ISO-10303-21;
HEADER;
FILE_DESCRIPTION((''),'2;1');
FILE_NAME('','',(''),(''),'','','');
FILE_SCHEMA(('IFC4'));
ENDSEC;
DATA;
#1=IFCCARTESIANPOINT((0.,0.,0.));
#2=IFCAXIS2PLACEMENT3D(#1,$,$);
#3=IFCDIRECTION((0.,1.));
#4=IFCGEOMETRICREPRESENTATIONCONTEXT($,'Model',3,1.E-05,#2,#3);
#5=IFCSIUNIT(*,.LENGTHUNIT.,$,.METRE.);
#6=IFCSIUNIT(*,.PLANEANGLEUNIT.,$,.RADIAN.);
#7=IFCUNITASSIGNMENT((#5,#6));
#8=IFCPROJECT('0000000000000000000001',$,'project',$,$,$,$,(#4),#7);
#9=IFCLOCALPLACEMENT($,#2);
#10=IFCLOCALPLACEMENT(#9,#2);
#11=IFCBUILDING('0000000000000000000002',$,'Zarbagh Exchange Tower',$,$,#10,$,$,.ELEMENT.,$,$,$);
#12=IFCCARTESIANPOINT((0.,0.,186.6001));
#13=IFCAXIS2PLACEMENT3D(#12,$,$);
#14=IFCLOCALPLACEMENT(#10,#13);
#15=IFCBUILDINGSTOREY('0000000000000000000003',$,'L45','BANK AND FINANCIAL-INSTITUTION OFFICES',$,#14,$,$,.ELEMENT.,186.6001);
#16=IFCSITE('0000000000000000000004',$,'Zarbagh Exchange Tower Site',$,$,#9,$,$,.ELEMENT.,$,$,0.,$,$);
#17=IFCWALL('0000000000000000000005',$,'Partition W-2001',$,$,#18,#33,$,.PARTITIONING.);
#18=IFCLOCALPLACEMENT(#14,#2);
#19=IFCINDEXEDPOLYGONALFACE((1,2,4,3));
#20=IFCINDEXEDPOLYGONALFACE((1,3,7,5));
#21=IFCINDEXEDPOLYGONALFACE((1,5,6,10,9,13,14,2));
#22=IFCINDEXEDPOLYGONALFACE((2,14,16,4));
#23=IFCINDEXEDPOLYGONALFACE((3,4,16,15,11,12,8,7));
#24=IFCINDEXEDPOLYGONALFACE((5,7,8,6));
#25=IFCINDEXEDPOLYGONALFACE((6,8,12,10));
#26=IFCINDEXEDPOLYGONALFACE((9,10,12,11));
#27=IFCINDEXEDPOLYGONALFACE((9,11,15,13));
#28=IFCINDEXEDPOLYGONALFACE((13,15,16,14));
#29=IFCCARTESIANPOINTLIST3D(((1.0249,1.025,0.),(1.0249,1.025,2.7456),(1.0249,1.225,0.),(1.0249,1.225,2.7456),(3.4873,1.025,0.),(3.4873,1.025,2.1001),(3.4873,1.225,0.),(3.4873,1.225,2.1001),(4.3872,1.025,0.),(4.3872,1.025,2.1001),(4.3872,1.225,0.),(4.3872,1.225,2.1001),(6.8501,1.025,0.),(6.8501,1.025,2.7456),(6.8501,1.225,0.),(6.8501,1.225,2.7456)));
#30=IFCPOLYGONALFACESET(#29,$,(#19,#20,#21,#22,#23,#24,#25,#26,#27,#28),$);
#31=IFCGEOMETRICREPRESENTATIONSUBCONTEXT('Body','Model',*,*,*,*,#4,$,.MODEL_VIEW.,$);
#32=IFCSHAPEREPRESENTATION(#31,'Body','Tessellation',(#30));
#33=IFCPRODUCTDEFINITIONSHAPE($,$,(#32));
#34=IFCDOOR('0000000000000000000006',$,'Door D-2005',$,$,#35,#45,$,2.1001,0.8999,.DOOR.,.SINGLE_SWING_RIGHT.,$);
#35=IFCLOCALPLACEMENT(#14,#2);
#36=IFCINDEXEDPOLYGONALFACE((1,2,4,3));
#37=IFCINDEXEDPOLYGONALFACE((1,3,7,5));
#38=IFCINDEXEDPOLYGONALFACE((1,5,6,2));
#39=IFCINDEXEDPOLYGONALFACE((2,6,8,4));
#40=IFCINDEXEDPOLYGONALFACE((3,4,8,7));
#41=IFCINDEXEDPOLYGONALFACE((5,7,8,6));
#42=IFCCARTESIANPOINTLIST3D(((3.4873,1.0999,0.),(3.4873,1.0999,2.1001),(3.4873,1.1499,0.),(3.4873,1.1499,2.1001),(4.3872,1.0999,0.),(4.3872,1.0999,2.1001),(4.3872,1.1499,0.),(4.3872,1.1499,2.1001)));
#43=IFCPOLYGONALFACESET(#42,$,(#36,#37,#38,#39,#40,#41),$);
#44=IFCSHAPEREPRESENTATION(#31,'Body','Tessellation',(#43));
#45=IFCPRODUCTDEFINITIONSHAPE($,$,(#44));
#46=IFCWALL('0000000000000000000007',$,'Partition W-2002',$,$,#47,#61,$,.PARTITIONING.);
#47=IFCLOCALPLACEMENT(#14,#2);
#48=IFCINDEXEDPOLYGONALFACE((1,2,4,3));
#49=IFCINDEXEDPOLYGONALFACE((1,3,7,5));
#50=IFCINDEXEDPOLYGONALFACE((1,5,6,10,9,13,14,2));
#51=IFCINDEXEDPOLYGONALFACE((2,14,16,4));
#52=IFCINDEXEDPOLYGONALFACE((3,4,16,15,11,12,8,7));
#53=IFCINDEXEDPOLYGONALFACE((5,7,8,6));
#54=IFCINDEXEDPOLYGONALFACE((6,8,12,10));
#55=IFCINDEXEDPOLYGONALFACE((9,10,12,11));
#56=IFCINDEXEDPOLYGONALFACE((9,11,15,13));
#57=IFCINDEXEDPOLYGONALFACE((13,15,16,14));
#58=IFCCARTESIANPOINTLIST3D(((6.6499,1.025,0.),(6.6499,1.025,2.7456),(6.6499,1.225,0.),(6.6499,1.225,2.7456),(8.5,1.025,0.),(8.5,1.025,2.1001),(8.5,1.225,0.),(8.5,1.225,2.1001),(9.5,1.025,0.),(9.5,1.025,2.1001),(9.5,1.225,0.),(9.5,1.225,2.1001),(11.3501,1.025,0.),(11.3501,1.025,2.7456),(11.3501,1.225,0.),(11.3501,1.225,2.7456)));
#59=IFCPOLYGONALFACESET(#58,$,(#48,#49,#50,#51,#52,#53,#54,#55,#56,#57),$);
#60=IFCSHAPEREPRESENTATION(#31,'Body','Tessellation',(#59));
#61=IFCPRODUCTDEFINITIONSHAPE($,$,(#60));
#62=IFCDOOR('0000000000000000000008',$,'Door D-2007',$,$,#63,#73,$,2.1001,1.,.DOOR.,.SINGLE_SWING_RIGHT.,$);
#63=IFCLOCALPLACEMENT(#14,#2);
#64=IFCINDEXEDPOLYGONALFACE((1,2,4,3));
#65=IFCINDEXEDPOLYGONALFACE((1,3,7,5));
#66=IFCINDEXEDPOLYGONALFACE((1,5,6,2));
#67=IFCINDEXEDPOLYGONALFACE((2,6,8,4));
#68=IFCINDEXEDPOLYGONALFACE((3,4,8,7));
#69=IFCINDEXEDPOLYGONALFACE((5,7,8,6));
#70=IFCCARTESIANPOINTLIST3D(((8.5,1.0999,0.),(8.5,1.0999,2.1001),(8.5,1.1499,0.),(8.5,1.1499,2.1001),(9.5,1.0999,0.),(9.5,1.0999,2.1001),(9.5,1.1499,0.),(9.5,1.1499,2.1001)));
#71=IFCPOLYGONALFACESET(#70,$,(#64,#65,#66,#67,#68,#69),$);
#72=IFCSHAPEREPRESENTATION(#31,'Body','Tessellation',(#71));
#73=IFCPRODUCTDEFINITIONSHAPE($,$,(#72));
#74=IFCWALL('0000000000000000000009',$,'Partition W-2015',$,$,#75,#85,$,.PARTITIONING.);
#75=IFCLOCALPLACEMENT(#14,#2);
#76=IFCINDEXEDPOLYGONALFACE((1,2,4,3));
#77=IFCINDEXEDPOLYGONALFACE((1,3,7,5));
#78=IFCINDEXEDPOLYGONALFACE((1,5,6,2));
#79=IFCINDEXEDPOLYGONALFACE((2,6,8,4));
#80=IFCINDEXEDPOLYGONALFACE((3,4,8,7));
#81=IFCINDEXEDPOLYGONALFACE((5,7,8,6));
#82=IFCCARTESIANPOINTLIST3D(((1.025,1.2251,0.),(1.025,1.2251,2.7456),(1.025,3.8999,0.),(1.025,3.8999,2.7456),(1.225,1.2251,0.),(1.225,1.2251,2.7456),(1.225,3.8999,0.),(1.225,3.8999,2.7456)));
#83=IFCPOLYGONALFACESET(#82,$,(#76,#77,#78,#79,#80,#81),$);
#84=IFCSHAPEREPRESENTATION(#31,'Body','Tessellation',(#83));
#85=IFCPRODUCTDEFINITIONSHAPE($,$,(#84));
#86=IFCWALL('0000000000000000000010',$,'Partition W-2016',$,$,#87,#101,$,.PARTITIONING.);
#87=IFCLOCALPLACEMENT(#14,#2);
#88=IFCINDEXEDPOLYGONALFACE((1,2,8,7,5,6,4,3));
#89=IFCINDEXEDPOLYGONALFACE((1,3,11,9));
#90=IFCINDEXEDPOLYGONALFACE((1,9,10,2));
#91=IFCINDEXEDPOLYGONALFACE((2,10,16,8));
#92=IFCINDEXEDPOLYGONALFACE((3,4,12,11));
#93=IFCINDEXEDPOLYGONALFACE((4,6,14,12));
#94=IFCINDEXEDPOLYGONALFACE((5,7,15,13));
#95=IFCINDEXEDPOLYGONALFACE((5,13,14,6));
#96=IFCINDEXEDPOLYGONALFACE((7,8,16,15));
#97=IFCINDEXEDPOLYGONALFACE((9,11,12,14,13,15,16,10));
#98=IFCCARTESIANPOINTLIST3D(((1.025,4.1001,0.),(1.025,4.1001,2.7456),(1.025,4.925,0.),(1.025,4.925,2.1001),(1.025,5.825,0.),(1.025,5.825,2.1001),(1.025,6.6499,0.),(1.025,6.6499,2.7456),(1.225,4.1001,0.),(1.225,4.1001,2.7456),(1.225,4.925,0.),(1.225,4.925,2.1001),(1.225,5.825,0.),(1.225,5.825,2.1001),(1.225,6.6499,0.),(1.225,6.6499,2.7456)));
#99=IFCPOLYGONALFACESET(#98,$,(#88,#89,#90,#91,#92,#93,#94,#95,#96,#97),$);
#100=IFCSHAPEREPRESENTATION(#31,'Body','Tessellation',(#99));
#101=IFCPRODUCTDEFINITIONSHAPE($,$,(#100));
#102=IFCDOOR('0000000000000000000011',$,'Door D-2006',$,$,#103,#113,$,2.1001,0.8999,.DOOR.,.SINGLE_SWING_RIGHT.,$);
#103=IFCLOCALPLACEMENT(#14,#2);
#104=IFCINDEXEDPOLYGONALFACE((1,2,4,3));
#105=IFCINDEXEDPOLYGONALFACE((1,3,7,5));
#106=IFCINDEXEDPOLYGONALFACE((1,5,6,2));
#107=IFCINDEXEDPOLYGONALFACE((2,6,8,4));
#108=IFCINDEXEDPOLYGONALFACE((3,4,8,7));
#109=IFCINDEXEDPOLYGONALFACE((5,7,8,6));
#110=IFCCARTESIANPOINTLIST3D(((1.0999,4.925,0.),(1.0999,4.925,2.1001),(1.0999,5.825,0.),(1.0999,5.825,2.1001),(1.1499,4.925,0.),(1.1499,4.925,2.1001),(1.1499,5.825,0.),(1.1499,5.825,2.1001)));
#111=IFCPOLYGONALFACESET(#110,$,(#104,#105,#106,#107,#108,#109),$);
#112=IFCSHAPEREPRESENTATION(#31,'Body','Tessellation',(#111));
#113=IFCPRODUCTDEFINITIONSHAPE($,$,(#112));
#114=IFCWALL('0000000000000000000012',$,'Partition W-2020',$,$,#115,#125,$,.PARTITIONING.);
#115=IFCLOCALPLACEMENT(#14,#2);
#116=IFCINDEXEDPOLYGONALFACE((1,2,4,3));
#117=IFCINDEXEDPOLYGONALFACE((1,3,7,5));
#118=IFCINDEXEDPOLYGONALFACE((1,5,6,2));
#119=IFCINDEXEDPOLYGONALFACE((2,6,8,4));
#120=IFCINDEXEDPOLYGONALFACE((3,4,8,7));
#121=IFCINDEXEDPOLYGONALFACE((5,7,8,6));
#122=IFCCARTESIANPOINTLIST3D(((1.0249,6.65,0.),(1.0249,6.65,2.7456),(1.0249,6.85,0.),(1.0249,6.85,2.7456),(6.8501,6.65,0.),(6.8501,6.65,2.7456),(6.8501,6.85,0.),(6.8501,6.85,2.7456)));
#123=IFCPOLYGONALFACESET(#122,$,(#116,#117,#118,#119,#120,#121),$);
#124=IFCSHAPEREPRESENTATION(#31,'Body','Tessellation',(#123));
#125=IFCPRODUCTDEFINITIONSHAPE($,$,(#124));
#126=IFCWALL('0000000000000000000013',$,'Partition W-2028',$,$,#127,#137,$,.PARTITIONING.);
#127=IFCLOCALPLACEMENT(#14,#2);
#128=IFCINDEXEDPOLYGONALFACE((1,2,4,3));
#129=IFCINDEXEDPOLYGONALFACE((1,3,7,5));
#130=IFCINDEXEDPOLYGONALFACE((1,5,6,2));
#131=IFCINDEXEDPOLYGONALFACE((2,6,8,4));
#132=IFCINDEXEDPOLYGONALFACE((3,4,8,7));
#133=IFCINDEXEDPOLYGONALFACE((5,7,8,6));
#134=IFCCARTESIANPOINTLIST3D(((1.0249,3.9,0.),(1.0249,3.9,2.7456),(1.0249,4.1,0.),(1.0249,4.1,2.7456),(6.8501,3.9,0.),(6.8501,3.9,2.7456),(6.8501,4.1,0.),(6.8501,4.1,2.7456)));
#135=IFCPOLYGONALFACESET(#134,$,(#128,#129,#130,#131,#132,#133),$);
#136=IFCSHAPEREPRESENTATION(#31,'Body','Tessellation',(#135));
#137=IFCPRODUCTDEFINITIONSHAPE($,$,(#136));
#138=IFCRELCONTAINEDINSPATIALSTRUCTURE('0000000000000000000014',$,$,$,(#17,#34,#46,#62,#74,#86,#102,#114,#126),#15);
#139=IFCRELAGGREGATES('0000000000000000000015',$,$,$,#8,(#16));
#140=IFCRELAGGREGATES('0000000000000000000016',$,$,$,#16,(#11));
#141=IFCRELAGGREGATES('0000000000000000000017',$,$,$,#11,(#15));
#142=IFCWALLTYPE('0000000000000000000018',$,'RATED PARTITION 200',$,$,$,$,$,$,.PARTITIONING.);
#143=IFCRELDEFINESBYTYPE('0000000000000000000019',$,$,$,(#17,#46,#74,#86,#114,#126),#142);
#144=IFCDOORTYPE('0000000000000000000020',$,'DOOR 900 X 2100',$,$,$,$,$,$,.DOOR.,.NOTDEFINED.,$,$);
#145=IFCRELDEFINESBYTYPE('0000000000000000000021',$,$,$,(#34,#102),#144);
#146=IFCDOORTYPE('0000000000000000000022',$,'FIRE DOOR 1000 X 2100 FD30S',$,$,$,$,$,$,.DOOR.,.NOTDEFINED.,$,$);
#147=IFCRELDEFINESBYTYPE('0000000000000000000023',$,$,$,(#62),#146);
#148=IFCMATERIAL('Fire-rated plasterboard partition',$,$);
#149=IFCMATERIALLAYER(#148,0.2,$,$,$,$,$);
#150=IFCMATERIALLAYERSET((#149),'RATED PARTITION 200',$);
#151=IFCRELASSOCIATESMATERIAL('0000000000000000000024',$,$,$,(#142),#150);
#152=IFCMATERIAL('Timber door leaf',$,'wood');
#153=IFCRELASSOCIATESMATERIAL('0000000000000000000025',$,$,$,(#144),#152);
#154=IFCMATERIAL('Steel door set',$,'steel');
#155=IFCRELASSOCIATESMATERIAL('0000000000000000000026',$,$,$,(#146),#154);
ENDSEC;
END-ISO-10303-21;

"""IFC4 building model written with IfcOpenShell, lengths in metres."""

from ifc_helpers import new_model, si_unit, direction, frame, frame_2d, origin, place, context, subcontext, project, spatial, rectangle, extrude, material, layer, layer_set, type_object, element, fill, save


model = new_model("IFC4")

# Units and contexts
model_context = context("Model", 3, precision=1e-05, world=origin(), true_north=direction((0.0, 1.0)))
body_context = subcontext(model_context, "Body", "Model", "MODEL_VIEW")
ifc_project = project(units=[si_unit("LENGTHUNIT", "METRE"), si_unit("PLANEANGLEUNIT", "RADIAN")], contexts=[model_context])

# Site, building, storey
site_placement = place(None, origin())
site = spatial("IfcSite", under=ifc_project, at=site_placement, Name="Zarbagh Exchange Tower Site", CompositionType="ELEMENT", RefElevation=0.0)
building_placement = place(site_placement, origin())
building = spatial("IfcBuilding", under=site, at=building_placement, Name="Zarbagh Exchange Tower", CompositionType="ELEMENT")
storey_placement = place(building_placement, frame((0.0, 0.0, 186.6001)))
storey = spatial("IfcBuildingStorey", under=building, at=storey_placement, Name="L45", Description="BANK AND FINANCIAL-INSTITUTION OFFICES", CompositionType="ELEMENT", Elevation=186.6001)

# Walls, openings, doors
ifc_material_1 = material(Name="Fire-rated plasterboard partition")
ifc_layer_1 = layer(ifc_material_1, 0.2)
ifc_layer_set_1 = layer_set([ifc_layer_1], Name="RATED PARTITION 200")
wall_type_1 = type_object("IfcWallType", Name="RATED PARTITION 200", PredefinedType="PARTITIONING", material=ifc_layer_set_1)
wall_1_placement = place(storey_placement, frame((1.0249, 1.125, 0.0), z_axis=(0.0, 0.0, 1.0), x_axis=(1.0, 0.0, 0.0)))
wall_1 = element("IfcWall", 1, at=wall_1_placement, inside=storey, type_object=wall_type_1, Name="Partition W-2001", PredefinedType="PARTITIONING", context=body_context, shape_type="SweptSolid", body=[
    extrude(rectangle(XDim=5.8252, YDim=0.2, at=frame_2d((2.9126, 0.0))), origin(), (0.0, 0.0, 1.0), 2.7456),
])
opening_1_placement = place(wall_1_placement, frame((2.4624, 0.0, 0.0)))
opening_1 = element("IfcOpeningElement", 2, at=opening_1_placement, cuts=wall_1, PredefinedType="OPENING", context=body_context, shape_type="SweptSolid", body=[
    extrude(rectangle(XDim=0.8999, YDim=2.1001, at=frame_2d((0.45, 1.05))), frame((0.0, 0.1099, 0.0), z_axis=(0.0, -1.0, 0.0), x_axis=(1.0, 0.0, 0.0)), (0.0, 0.0, 1.0), 0.22),
])
ifc_material_2 = material(Name="Timber door leaf", Category="wood")
door_type_1 = type_object("IfcDoorType", Name="DOOR 900 X 2100", OperationType="NOTDEFINED", PredefinedType="DOOR", material=ifc_material_2)
door_1_placement = place(opening_1_placement, origin())
door_1 = element("IfcDoor", 3, at=door_1_placement, inside=storey, type_object=door_type_1, Name="Door D-2005", OperationType="SINGLE_SWING_RIGHT", OverallHeight=2.1001, OverallWidth=0.8999, PredefinedType="DOOR", context=body_context, shape_type="SweptSolid", body=[
    extrude(rectangle(XDim=0.8999, YDim=2.1001, at=frame_2d((0.45, 1.05))), frame((0.0, 0.0249, 0.0), z_axis=(0.0, -1.0, 0.0), x_axis=(1.0, 0.0, 0.0)), (0.0, 0.0, 1.0), 0.05),
])
fill(opening_1, door_1)
wall_2_placement = place(storey_placement, frame((6.6499, 1.125, 0.0), z_axis=(0.0, 0.0, 1.0), x_axis=(1.0, 0.0, 0.0)))
wall_2 = element("IfcWall", 4, at=wall_2_placement, inside=storey, type_object=wall_type_1, Name="Partition W-2002", PredefinedType="PARTITIONING", context=body_context, shape_type="SweptSolid", body=[
    extrude(rectangle(XDim=4.7002, YDim=0.2, at=frame_2d((2.3501, 0.0))), origin(), (0.0, 0.0, 1.0), 2.7456),
])
opening_2_placement = place(wall_2_placement, frame((1.8501, 0.0, 0.0)))
opening_2 = element("IfcOpeningElement", 5, at=opening_2_placement, cuts=wall_2, PredefinedType="OPENING", context=body_context, shape_type="SweptSolid", body=[
    extrude(rectangle(XDim=1.0, YDim=2.1001, at=frame_2d((0.5, 1.05))), frame((0.0, 0.1099, 0.0), z_axis=(0.0, -1.0, 0.0), x_axis=(1.0, 0.0, 0.0)), (0.0, 0.0, 1.0), 0.22),
])
ifc_material_3 = material(Name="Steel door set", Category="steel")
door_type_2 = type_object("IfcDoorType", Name="FIRE DOOR 1000 X 2100 FD30S", OperationType="NOTDEFINED", PredefinedType="DOOR", material=ifc_material_3)
door_2_placement = place(opening_2_placement, origin())
door_2 = element("IfcDoor", 6, at=door_2_placement, inside=storey, type_object=door_type_2, Name="Door D-2007", OperationType="SINGLE_SWING_RIGHT", OverallHeight=2.1001, OverallWidth=1.0, PredefinedType="DOOR", context=body_context, shape_type="SweptSolid", body=[
    extrude(rectangle(XDim=1.0, YDim=2.1001, at=frame_2d((0.5, 1.05))), frame((0.0, 0.0249, 0.0), z_axis=(0.0, -1.0, 0.0), x_axis=(1.0, 0.0, 0.0)), (0.0, 0.0, 1.0), 0.05),
])
fill(opening_2, door_2)

# Wall
wall_3_placement = place(storey_placement, frame((1.125, 1.2251, 0.0), z_axis=(0.0, 0.0, 1.0), x_axis=(0.0, 1.0, 0.0)))
element("IfcWall", 7, at=wall_3_placement, inside=storey, type_object=wall_type_1, Name="Partition W-2015", PredefinedType="PARTITIONING", context=body_context, shape_type="SweptSolid", body=[
    extrude(rectangle(XDim=2.6748, YDim=0.2, at=frame_2d((1.3374, 0.0))), origin(), (0.0, 0.0, 1.0), 2.7456),
])

# Wall, opening, door
wall_4_placement = place(storey_placement, frame((1.125, 6.6499, 0.0), z_axis=(0.0, 0.0, 1.0), x_axis=(0.0, -1.0, 0.0)))
wall_4 = element("IfcWall", 8, at=wall_4_placement, inside=storey, type_object=wall_type_1, Name="Partition W-2016", PredefinedType="PARTITIONING", context=body_context, shape_type="SweptSolid", body=[
    extrude(rectangle(XDim=2.5498, YDim=0.2, at=frame_2d((1.2749, 0.0))), origin(), (0.0, 0.0, 1.0), 2.7456),
])
opening_3_placement = place(wall_4_placement, frame((0.825, 0.0, 0.0)))
opening_3 = element("IfcOpeningElement", 9, at=opening_3_placement, cuts=wall_4, PredefinedType="OPENING", context=body_context, shape_type="SweptSolid", body=[
    extrude(rectangle(XDim=0.8999, YDim=2.1001, at=frame_2d((0.45, 1.05))), frame((0.0, 0.1099, 0.0), z_axis=(0.0, -1.0, 0.0), x_axis=(1.0, 0.0, 0.0)), (0.0, 0.0, 1.0), 0.22),
])
door_3_placement = place(opening_3_placement, origin())
door_3 = element("IfcDoor", 10, at=door_3_placement, inside=storey, type_object=door_type_1, Name="Door D-2006", OperationType="SINGLE_SWING_RIGHT", OverallHeight=2.1001, OverallWidth=0.8999, PredefinedType="DOOR", context=body_context, shape_type="SweptSolid", body=[
    extrude(rectangle(XDim=0.8999, YDim=2.1001, at=frame_2d((0.45, 1.05))), frame((0.0, 0.0249, 0.0), z_axis=(0.0, -1.0, 0.0), x_axis=(1.0, 0.0, 0.0)), (0.0, 0.0, 1.0), 0.05),
])
fill(opening_3, door_3)

# Walls
for number, where, z_axis, x_axis, name in (
    (11, (1.0249, 6.75, 0.0), (0.0, 0.0, 1.0), (1.0, 0.0, 0.0), "Partition W-2020"),
    (12, (1.0249, 4.0, 0.0), (0.0, 0.0, 1.0), (1.0, 0.0, 0.0), "Partition W-2028"),
):
    element("IfcWall", number, at=place(storey_placement, frame(where, z_axis=z_axis, x_axis=x_axis)), inside=storey, type_object=wall_type_1, Name=name, PredefinedType="PARTITIONING", context=body_context, shape_type="SweptSolid", body=[
        extrude(rectangle(XDim=5.8252, YDim=0.2, at=frame_2d((2.9126, 0.0))), origin(), (0.0, 0.0, 1.0), 2.7456),
    ])

save(model, "model.ifc")
